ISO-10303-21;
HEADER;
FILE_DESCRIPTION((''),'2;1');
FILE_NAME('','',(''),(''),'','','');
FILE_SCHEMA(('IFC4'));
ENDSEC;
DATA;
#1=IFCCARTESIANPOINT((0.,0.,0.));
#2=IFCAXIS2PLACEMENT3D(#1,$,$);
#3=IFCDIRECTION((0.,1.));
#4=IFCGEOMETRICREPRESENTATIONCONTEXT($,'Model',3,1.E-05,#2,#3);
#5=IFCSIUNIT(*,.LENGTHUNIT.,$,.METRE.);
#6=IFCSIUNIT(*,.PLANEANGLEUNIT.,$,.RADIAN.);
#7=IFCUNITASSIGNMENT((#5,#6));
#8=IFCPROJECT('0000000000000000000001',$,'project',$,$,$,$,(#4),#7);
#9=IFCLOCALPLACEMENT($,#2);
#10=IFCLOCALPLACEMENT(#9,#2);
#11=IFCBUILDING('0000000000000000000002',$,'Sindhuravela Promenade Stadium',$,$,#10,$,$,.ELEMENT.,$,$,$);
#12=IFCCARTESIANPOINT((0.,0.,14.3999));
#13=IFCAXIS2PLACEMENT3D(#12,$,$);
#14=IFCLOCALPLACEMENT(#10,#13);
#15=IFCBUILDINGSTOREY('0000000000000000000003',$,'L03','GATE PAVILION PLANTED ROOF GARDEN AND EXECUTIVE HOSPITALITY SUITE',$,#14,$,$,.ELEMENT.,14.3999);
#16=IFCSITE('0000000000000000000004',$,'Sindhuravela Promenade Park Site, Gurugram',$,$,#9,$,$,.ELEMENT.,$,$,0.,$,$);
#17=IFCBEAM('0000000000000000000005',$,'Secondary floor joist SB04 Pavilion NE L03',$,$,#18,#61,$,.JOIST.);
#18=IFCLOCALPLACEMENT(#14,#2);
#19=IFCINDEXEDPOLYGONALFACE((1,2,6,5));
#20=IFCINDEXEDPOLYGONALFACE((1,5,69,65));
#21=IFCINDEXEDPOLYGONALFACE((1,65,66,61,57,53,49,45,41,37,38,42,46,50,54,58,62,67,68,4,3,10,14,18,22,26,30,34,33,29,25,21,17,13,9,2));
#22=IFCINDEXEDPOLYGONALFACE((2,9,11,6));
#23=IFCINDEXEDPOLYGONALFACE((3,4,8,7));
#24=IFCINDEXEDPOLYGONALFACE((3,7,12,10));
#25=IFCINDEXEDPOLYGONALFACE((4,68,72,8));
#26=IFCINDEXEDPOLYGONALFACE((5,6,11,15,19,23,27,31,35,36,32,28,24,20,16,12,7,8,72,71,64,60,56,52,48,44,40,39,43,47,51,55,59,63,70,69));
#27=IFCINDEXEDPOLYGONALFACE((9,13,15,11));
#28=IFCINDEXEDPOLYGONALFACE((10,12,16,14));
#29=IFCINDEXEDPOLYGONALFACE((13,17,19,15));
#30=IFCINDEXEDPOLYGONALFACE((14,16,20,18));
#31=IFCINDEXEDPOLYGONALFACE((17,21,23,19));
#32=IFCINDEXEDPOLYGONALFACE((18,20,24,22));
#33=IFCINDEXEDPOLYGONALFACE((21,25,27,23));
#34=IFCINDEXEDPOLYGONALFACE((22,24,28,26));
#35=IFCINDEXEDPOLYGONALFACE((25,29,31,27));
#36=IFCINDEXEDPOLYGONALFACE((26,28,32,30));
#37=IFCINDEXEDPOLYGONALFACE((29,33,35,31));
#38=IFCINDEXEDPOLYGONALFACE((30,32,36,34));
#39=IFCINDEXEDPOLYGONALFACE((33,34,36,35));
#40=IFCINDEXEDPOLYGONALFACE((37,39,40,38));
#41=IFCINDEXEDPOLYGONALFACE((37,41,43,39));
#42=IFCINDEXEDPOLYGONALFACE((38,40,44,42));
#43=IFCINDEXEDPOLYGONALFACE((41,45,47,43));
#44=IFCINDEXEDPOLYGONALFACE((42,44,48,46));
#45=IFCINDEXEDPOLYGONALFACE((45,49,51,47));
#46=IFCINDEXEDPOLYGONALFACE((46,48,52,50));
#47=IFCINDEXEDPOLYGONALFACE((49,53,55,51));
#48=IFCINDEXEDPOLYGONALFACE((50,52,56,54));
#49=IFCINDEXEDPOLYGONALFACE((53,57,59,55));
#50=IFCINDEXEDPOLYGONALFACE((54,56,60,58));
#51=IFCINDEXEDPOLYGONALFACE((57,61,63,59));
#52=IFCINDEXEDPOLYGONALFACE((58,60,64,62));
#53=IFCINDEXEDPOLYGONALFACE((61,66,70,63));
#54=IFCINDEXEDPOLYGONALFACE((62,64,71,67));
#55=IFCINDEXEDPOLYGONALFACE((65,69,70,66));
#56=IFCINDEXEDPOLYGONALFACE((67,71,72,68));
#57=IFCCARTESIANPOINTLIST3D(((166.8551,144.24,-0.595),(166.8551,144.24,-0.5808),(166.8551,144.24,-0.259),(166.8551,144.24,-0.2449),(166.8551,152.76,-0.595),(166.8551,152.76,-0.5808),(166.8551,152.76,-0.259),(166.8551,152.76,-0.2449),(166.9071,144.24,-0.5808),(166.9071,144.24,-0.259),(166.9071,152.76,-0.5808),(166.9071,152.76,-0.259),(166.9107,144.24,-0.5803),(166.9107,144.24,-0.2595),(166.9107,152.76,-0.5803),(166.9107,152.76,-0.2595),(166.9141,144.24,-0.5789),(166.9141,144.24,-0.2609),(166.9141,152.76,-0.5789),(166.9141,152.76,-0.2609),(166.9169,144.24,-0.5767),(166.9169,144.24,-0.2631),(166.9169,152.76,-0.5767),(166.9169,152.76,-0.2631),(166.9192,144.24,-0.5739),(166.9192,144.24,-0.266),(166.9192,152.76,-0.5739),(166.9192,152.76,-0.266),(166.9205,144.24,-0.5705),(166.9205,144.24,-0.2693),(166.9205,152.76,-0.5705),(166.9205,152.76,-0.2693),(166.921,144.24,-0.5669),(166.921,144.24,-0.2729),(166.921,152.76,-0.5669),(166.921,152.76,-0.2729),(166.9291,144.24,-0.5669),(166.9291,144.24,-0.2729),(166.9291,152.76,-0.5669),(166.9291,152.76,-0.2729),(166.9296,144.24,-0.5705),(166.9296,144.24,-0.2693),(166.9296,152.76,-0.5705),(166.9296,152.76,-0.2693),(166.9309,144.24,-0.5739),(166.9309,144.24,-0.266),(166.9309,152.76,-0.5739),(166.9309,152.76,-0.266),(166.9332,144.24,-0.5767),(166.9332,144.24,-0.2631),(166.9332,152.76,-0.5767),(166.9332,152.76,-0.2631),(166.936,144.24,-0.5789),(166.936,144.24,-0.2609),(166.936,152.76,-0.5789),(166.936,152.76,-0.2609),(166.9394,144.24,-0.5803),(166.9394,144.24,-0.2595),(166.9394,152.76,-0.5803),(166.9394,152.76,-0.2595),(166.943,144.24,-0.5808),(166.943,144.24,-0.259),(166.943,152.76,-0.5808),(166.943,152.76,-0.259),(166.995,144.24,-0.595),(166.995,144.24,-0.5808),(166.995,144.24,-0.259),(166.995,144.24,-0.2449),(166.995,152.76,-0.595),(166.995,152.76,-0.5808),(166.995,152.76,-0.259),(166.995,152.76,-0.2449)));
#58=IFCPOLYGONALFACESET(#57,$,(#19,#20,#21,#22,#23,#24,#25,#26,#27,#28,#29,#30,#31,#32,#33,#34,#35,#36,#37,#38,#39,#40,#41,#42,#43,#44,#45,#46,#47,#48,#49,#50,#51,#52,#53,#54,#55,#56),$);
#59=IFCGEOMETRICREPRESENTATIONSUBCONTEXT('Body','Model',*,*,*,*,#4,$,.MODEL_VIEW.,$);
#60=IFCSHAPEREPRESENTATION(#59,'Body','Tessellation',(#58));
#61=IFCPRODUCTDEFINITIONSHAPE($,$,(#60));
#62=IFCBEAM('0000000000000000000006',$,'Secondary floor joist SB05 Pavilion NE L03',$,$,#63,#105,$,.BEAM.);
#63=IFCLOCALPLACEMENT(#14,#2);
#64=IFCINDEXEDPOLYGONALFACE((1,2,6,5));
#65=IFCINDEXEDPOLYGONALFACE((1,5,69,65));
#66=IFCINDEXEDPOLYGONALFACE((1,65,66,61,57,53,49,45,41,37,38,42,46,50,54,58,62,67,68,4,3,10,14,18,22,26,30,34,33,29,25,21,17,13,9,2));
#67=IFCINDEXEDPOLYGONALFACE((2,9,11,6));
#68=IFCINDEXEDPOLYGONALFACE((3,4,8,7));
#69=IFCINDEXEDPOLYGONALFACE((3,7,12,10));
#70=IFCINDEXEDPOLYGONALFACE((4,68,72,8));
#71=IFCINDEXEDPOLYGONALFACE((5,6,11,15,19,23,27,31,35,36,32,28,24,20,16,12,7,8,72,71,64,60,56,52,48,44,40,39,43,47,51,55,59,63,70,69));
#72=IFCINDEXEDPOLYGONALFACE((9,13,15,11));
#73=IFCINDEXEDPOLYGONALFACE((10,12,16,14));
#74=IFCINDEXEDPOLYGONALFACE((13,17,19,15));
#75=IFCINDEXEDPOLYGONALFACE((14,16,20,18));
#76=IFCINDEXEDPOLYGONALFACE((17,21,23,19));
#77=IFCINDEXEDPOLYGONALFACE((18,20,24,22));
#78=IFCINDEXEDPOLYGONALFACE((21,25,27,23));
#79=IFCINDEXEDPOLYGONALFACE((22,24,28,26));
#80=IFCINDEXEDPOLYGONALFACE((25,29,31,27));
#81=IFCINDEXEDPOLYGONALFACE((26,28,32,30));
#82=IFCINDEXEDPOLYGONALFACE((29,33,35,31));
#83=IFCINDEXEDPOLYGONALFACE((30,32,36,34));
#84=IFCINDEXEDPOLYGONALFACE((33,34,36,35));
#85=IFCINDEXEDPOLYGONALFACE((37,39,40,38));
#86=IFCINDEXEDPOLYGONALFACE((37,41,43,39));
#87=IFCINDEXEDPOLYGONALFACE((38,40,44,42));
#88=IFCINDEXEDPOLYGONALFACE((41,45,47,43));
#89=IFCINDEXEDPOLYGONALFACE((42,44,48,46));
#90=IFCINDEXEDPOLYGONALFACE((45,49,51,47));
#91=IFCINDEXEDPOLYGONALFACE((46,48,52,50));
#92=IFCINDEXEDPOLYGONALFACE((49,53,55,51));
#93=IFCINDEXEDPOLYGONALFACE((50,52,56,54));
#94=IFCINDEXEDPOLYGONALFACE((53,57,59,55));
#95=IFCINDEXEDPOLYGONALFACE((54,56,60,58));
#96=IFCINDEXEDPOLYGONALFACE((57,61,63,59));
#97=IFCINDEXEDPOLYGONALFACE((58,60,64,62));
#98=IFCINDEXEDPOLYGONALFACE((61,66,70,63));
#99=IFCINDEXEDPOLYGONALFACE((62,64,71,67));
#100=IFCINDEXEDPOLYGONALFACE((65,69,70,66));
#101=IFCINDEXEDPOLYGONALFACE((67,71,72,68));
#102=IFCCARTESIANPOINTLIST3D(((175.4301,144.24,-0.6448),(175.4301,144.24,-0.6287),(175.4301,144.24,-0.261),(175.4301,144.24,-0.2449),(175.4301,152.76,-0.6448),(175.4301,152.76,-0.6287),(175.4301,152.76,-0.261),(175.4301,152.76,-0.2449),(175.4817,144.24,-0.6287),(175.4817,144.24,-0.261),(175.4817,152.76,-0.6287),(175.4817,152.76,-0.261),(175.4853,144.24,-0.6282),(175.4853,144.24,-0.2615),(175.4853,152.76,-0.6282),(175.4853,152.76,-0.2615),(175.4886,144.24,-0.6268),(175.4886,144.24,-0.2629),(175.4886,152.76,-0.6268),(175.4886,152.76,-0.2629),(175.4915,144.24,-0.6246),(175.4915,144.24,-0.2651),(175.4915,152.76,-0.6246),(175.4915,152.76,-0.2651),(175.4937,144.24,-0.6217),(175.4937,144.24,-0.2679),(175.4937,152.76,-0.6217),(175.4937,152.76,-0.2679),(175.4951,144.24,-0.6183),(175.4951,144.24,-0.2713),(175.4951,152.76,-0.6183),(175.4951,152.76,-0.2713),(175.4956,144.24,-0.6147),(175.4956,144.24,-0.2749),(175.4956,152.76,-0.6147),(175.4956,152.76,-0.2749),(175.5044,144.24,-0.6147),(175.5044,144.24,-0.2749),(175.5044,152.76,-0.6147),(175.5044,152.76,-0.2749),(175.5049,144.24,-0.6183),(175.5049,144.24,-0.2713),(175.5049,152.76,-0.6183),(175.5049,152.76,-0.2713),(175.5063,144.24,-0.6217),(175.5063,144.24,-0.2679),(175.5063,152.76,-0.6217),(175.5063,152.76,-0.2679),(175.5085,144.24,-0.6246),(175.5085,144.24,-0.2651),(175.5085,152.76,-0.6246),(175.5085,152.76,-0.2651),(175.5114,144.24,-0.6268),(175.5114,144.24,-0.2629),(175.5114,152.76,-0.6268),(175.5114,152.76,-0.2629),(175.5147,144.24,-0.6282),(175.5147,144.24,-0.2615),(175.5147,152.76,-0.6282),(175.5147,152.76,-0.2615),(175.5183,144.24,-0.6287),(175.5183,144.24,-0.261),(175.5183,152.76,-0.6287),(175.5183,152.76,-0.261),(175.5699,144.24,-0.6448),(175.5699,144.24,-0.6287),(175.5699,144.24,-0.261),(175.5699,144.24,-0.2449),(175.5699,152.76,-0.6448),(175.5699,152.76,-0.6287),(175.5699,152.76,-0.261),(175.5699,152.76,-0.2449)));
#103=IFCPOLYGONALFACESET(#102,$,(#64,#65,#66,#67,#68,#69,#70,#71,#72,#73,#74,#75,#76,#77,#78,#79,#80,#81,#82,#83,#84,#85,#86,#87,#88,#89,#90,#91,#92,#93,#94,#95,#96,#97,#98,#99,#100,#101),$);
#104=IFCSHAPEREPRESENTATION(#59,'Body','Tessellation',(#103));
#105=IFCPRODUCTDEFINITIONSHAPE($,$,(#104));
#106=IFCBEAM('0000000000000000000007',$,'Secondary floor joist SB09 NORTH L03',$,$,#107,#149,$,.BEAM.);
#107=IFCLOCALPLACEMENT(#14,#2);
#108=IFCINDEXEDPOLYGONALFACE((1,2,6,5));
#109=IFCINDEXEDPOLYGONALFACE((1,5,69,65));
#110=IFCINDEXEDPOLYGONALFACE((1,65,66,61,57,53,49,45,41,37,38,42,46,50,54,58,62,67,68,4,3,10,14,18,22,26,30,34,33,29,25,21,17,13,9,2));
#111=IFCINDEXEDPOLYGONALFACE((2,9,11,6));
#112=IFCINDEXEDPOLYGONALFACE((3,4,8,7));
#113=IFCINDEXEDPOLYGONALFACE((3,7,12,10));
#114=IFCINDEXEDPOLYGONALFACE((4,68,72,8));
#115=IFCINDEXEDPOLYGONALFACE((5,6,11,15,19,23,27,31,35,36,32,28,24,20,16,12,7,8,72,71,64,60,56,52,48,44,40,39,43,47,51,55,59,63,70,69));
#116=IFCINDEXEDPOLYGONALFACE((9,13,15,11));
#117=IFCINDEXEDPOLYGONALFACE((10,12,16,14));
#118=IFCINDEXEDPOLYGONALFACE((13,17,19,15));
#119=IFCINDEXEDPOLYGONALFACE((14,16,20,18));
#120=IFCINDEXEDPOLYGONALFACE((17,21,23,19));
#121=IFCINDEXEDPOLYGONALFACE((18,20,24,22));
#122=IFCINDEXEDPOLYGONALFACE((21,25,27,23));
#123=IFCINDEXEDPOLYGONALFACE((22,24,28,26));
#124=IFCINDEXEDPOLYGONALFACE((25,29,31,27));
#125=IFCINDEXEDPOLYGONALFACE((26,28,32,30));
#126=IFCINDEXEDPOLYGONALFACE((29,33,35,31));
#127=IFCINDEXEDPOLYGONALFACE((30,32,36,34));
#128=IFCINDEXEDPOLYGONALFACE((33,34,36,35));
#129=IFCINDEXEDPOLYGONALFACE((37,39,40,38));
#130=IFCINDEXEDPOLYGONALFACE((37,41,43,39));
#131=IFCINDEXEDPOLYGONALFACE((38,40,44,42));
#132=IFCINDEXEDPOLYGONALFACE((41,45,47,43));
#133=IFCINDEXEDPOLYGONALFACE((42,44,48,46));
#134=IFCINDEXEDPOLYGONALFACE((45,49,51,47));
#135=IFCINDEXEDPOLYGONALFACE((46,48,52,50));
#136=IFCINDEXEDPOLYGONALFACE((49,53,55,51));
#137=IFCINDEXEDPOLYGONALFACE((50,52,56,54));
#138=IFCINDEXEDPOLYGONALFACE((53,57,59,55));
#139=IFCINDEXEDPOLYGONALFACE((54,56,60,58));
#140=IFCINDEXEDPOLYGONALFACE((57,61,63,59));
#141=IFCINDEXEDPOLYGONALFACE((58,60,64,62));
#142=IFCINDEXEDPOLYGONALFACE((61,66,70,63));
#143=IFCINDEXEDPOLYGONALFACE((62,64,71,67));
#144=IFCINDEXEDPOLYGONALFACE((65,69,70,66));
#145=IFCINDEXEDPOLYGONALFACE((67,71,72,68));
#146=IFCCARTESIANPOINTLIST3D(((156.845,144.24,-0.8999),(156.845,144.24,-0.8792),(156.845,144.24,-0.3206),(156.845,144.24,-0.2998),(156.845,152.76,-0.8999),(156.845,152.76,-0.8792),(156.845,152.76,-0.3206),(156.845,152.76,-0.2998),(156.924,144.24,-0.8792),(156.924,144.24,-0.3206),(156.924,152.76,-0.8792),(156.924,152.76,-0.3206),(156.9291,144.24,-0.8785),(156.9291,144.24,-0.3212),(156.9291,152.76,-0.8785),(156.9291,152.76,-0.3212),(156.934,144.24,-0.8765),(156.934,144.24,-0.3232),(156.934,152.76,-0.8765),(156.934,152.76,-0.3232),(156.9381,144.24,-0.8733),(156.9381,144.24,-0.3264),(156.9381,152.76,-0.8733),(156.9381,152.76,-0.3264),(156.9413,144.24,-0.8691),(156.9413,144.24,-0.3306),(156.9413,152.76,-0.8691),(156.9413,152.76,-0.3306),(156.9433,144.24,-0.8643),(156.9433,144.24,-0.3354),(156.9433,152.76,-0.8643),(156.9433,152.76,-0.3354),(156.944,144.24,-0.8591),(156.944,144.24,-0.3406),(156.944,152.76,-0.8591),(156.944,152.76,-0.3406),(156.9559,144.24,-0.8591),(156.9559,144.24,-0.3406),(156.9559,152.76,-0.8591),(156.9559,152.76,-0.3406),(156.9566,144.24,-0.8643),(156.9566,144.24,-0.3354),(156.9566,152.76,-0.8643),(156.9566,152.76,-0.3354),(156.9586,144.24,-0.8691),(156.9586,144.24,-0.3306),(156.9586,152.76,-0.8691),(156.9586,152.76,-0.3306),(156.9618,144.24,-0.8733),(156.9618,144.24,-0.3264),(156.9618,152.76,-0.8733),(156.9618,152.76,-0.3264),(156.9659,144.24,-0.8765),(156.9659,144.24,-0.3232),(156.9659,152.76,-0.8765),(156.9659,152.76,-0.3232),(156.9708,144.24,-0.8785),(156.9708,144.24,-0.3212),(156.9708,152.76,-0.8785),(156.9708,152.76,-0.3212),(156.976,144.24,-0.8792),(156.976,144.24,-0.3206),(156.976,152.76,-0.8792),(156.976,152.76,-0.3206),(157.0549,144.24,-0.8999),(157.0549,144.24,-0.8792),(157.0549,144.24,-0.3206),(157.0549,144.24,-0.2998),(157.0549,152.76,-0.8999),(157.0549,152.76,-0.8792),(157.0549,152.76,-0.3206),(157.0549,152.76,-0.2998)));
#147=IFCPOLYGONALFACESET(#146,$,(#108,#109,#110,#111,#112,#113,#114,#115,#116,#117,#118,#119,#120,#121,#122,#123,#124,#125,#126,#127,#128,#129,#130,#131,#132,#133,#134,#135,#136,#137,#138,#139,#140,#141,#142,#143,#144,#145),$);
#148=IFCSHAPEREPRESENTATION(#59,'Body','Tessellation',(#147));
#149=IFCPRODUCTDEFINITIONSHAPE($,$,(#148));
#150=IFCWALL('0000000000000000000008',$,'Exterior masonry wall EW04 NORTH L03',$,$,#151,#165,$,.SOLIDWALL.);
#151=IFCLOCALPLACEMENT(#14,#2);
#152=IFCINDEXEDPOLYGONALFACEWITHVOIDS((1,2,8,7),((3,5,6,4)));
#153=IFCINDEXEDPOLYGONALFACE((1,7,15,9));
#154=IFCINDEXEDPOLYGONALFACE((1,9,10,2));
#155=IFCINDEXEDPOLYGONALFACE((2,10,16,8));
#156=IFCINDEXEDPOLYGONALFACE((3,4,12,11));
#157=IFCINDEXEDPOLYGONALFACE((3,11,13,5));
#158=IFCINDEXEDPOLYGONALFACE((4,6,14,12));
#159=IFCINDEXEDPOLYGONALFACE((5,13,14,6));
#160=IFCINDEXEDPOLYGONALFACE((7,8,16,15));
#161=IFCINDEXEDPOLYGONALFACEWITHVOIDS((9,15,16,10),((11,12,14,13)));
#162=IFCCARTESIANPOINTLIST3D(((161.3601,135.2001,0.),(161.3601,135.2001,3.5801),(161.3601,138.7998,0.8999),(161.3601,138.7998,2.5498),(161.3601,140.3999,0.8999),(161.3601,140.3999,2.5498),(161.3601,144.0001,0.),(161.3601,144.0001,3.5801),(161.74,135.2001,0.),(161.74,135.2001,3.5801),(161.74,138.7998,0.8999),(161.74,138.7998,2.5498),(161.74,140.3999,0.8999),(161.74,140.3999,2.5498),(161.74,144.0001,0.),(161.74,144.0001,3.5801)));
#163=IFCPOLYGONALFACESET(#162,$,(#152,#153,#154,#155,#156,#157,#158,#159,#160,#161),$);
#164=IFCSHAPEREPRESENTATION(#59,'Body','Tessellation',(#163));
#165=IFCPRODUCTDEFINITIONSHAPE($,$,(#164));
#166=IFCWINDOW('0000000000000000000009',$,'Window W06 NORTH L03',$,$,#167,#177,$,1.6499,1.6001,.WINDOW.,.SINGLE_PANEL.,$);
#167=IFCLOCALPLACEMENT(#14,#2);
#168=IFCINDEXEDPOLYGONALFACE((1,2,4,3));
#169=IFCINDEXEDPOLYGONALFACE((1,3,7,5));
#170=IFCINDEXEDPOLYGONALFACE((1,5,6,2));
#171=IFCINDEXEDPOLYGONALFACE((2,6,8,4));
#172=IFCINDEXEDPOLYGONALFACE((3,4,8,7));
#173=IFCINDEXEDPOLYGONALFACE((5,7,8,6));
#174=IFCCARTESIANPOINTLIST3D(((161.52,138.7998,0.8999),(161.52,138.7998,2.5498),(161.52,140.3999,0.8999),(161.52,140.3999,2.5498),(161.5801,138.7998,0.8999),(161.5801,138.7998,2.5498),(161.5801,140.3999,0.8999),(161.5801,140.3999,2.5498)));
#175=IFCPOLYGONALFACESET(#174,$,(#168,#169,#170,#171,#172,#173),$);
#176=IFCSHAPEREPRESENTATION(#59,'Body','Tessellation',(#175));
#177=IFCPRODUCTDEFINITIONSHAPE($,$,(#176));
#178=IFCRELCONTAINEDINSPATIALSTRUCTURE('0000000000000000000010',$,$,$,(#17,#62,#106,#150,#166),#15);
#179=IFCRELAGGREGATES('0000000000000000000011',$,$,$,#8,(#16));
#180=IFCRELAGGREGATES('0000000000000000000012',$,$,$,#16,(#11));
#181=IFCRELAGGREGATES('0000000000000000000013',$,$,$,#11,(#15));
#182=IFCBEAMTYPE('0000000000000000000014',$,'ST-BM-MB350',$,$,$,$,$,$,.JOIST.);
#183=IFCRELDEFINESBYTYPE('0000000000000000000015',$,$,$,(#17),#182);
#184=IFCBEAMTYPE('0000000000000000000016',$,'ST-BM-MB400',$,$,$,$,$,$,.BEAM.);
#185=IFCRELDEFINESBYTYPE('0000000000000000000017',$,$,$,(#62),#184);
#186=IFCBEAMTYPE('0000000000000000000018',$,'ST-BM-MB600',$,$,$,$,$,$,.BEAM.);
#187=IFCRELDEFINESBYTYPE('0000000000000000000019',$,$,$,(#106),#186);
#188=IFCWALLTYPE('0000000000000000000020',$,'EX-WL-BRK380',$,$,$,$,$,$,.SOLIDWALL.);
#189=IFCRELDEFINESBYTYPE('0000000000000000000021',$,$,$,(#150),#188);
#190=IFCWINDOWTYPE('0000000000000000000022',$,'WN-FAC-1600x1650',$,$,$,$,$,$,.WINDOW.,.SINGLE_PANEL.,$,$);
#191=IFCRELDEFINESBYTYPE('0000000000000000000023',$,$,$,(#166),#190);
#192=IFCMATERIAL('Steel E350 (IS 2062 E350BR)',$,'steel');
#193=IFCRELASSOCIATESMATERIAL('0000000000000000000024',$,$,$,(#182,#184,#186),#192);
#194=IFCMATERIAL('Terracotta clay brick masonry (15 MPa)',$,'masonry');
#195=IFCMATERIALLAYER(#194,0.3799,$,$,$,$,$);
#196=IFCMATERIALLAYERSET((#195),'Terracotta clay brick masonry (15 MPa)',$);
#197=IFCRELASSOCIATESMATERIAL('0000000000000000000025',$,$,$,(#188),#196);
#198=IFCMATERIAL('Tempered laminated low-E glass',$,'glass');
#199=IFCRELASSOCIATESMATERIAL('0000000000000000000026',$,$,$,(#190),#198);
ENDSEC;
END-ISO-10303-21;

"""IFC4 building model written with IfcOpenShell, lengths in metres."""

from ifc_helpers import new_model, si_unit, direction, frame, frame_2d, origin, origin_2d, place, context, subcontext, project, spatial, rectangle, i_section, extrude, material, layer, layer_set, material_profile, profile_set, type_object, element, fill, save


model = new_model("IFC4")

# Units and contexts
model_context = context("Model", 3, precision=1e-05, world=origin(), true_north=direction((0.0, 1.0)))
body_context = subcontext(model_context, "Body", "Model", "MODEL_VIEW")
ifc_project = project(units=[si_unit("LENGTHUNIT", "METRE"), si_unit("PLANEANGLEUNIT", "RADIAN")], contexts=[model_context])

# Site, building, storey
site_placement = place(None, origin())
site = spatial("IfcSite", under=ifc_project, at=site_placement, Name="Sindhuravela Promenade Park Site, Gurugram", CompositionType="ELEMENT", RefElevation=0.0)
building_placement = place(site_placement, origin())
building = spatial("IfcBuilding", under=site, at=building_placement, Name="Sindhuravela Promenade Stadium", CompositionType="ELEMENT")
storey_placement = place(building_placement, frame((0.0, 0.0, 14.3999)))
storey = spatial("IfcBuildingStorey", under=building, at=storey_placement, Name="L03", Description="GATE PAVILION PLANTED ROOF GARDEN AND EXECUTIVE HOSPITALITY SUITE", CompositionType="ELEMENT", Elevation=14.3999)

# Beams
ifc_material_1 = material(Name="Steel E350 (IS 2062 E350BR)", Category="steel")
ifc_material_profile_1 = material_profile(ifc_material_1, i_section(OverallWidth=0.1399, OverallDepth=0.3501, WebThickness=0.0081, FlangeThickness=0.0142, FilletRadius=0.0139, at=origin_2d()), Name="ISMB 350")
ifc_profile_set_1 = profile_set([ifc_material_profile_1], Name="Steel E350 (IS 2062 E350BR)")
beam_type_1 = type_object("IfcBeamType", Name="ST-BM-MB350", PredefinedType="JOIST", material=ifc_profile_set_1)
beam_1_placement = place(storey_placement, frame((166.925, 144.24, -0.4199), z_axis=(0.0, 1.0, 0.0), x_axis=(-1.0, 0.0, 0.0)))
element("IfcBeam", 1, at=beam_1_placement, inside=storey, type_object=beam_type_1, Name="Secondary floor joist SB04 Pavilion NE L03", PredefinedType="JOIST", context=body_context, shape_type="SweptSolid", body=[
    extrude(i_section(OverallWidth=0.1399, OverallDepth=0.3501, WebThickness=0.0081, FlangeThickness=0.0142, FilletRadius=0.0139, at=origin_2d()), origin(), (0.0, 0.0, 1.0), 8.52),
])
ifc_material_profile_2 = material_profile(ifc_material_1, i_section(OverallWidth=0.1399, OverallDepth=0.3999, WebThickness=0.0088, FlangeThickness=0.0161, FilletRadius=0.0139, at=origin_2d()), Name="ISMB 400")
ifc_profile_set_2 = profile_set([ifc_material_profile_2], Name="Steel E350 (IS 2062 E350BR)")
beam_type_2 = type_object("IfcBeamType", Name="ST-BM-MB400", PredefinedType="BEAM", material=ifc_profile_set_2)
beam_2_placement = place(storey_placement, frame((175.5, 144.24, -0.4448), z_axis=(0.0, 1.0, 0.0), x_axis=(-1.0, 0.0, 0.0)))
element("IfcBeam", 2, at=beam_2_placement, inside=storey, type_object=beam_type_2, Name="Secondary floor joist SB05 Pavilion NE L03", PredefinedType="BEAM", context=body_context, shape_type="SweptSolid", body=[
    extrude(i_section(OverallWidth=0.1399, OverallDepth=0.3999, WebThickness=0.0088, FlangeThickness=0.0161, FilletRadius=0.0139, at=origin_2d()), origin(), (0.0, 0.0, 1.0), 8.52),
])
ifc_material_profile_3 = material_profile(ifc_material_1, i_section(OverallWidth=0.21, OverallDepth=0.6001, WebThickness=0.012, FlangeThickness=0.0208, FilletRadius=0.02, at=origin_2d()), Name="ISMB 600")
ifc_profile_set_3 = profile_set([ifc_material_profile_3], Name="Steel E350 (IS 2062 E350BR)")
beam_type_3 = type_object("IfcBeamType", Name="ST-BM-MB600", PredefinedType="BEAM", material=ifc_profile_set_3)
beam_3_placement = place(storey_placement, frame((156.95, 144.24, -0.5999), z_axis=(0.0, 1.0, 0.0), x_axis=(-1.0, 0.0, 0.0)))
element("IfcBeam", 3, at=beam_3_placement, inside=storey, type_object=beam_type_3, Name="Secondary floor joist SB09 NORTH L03", PredefinedType="BEAM", context=body_context, shape_type="SweptSolid", body=[
    extrude(i_section(OverallWidth=0.21, OverallDepth=0.6001, WebThickness=0.012, FlangeThickness=0.0208, FilletRadius=0.02, at=origin_2d()), origin(), (0.0, 0.0, 1.0), 8.52),
])

# Wall, opening, window
ifc_material_2 = material(Name="Terracotta clay brick masonry (15 MPa)", Category="masonry")
ifc_layer_1 = layer(ifc_material_2, 0.3799)
ifc_layer_set_1 = layer_set([ifc_layer_1], Name="Terracotta clay brick masonry (15 MPa)")
wall_type_1 = type_object("IfcWallType", Name="EX-WL-BRK380", PredefinedType="SOLIDWALL", material=ifc_layer_set_1)
wall_1_placement = place(storey_placement, frame((161.55, 144.0, 0.0), z_axis=(0.0, 0.0, 1.0), x_axis=(0.0, -1.0, 0.0)))
wall_1 = element("IfcWall", 4, at=wall_1_placement, inside=storey, type_object=wall_type_1, Name="Exterior masonry wall EW04 NORTH L03", PredefinedType="SOLIDWALL", context=body_context, shape_type="SweptSolid", body=[
    extrude(rectangle(XDim=8.8, YDim=0.3799, at=frame_2d((4.3999, 0.0))), origin(), (0.0, 0.0, 1.0), 3.5801),
])
opening_1_placement = place(wall_1_placement, frame((3.6001, 0.0, 0.8999)))
opening_1 = element("IfcOpeningElement", 5, at=opening_1_placement, cuts=wall_1, PredefinedType="OPENING", context=body_context, shape_type="SweptSolid", body=[
    extrude(rectangle(XDim=1.6001, YDim=1.6499, at=frame_2d((0.8, 0.825))), frame((0.0, 0.2, 0.0), z_axis=(0.0, -1.0, 0.0), x_axis=(1.0, 0.0, 0.0)), (0.0, 0.0, 1.0), 0.3999),
])
ifc_material_3 = material(Name="Tempered laminated low-E glass", Category="glass")
window_type_1 = type_object("IfcWindowType", Name="WN-FAC-1600x1650", PartitioningType="SINGLE_PANEL", PredefinedType="WINDOW", material=ifc_material_3)
window_1_placement = place(opening_1_placement, origin())
window_1 = element("IfcWindow", 6, at=window_1_placement, inside=storey, type_object=window_type_1, Name="Window W06 NORTH L03", OverallHeight=1.6499, OverallWidth=1.6001, PartitioningType="SINGLE_PANEL", PredefinedType="WINDOW", context=body_context, shape_type="SweptSolid", body=[
    extrude(rectangle(XDim=1.6001, YDim=1.6499, at=frame_2d((0.8, 0.825))), frame((0.0, 0.03, 0.0), z_axis=(0.0, -1.0, 0.0), x_axis=(1.0, 0.0, 0.0)), (0.0, 0.0, 1.0), 0.0601),
])
fill(opening_1, window_1)

save(model, "model.ifc")
